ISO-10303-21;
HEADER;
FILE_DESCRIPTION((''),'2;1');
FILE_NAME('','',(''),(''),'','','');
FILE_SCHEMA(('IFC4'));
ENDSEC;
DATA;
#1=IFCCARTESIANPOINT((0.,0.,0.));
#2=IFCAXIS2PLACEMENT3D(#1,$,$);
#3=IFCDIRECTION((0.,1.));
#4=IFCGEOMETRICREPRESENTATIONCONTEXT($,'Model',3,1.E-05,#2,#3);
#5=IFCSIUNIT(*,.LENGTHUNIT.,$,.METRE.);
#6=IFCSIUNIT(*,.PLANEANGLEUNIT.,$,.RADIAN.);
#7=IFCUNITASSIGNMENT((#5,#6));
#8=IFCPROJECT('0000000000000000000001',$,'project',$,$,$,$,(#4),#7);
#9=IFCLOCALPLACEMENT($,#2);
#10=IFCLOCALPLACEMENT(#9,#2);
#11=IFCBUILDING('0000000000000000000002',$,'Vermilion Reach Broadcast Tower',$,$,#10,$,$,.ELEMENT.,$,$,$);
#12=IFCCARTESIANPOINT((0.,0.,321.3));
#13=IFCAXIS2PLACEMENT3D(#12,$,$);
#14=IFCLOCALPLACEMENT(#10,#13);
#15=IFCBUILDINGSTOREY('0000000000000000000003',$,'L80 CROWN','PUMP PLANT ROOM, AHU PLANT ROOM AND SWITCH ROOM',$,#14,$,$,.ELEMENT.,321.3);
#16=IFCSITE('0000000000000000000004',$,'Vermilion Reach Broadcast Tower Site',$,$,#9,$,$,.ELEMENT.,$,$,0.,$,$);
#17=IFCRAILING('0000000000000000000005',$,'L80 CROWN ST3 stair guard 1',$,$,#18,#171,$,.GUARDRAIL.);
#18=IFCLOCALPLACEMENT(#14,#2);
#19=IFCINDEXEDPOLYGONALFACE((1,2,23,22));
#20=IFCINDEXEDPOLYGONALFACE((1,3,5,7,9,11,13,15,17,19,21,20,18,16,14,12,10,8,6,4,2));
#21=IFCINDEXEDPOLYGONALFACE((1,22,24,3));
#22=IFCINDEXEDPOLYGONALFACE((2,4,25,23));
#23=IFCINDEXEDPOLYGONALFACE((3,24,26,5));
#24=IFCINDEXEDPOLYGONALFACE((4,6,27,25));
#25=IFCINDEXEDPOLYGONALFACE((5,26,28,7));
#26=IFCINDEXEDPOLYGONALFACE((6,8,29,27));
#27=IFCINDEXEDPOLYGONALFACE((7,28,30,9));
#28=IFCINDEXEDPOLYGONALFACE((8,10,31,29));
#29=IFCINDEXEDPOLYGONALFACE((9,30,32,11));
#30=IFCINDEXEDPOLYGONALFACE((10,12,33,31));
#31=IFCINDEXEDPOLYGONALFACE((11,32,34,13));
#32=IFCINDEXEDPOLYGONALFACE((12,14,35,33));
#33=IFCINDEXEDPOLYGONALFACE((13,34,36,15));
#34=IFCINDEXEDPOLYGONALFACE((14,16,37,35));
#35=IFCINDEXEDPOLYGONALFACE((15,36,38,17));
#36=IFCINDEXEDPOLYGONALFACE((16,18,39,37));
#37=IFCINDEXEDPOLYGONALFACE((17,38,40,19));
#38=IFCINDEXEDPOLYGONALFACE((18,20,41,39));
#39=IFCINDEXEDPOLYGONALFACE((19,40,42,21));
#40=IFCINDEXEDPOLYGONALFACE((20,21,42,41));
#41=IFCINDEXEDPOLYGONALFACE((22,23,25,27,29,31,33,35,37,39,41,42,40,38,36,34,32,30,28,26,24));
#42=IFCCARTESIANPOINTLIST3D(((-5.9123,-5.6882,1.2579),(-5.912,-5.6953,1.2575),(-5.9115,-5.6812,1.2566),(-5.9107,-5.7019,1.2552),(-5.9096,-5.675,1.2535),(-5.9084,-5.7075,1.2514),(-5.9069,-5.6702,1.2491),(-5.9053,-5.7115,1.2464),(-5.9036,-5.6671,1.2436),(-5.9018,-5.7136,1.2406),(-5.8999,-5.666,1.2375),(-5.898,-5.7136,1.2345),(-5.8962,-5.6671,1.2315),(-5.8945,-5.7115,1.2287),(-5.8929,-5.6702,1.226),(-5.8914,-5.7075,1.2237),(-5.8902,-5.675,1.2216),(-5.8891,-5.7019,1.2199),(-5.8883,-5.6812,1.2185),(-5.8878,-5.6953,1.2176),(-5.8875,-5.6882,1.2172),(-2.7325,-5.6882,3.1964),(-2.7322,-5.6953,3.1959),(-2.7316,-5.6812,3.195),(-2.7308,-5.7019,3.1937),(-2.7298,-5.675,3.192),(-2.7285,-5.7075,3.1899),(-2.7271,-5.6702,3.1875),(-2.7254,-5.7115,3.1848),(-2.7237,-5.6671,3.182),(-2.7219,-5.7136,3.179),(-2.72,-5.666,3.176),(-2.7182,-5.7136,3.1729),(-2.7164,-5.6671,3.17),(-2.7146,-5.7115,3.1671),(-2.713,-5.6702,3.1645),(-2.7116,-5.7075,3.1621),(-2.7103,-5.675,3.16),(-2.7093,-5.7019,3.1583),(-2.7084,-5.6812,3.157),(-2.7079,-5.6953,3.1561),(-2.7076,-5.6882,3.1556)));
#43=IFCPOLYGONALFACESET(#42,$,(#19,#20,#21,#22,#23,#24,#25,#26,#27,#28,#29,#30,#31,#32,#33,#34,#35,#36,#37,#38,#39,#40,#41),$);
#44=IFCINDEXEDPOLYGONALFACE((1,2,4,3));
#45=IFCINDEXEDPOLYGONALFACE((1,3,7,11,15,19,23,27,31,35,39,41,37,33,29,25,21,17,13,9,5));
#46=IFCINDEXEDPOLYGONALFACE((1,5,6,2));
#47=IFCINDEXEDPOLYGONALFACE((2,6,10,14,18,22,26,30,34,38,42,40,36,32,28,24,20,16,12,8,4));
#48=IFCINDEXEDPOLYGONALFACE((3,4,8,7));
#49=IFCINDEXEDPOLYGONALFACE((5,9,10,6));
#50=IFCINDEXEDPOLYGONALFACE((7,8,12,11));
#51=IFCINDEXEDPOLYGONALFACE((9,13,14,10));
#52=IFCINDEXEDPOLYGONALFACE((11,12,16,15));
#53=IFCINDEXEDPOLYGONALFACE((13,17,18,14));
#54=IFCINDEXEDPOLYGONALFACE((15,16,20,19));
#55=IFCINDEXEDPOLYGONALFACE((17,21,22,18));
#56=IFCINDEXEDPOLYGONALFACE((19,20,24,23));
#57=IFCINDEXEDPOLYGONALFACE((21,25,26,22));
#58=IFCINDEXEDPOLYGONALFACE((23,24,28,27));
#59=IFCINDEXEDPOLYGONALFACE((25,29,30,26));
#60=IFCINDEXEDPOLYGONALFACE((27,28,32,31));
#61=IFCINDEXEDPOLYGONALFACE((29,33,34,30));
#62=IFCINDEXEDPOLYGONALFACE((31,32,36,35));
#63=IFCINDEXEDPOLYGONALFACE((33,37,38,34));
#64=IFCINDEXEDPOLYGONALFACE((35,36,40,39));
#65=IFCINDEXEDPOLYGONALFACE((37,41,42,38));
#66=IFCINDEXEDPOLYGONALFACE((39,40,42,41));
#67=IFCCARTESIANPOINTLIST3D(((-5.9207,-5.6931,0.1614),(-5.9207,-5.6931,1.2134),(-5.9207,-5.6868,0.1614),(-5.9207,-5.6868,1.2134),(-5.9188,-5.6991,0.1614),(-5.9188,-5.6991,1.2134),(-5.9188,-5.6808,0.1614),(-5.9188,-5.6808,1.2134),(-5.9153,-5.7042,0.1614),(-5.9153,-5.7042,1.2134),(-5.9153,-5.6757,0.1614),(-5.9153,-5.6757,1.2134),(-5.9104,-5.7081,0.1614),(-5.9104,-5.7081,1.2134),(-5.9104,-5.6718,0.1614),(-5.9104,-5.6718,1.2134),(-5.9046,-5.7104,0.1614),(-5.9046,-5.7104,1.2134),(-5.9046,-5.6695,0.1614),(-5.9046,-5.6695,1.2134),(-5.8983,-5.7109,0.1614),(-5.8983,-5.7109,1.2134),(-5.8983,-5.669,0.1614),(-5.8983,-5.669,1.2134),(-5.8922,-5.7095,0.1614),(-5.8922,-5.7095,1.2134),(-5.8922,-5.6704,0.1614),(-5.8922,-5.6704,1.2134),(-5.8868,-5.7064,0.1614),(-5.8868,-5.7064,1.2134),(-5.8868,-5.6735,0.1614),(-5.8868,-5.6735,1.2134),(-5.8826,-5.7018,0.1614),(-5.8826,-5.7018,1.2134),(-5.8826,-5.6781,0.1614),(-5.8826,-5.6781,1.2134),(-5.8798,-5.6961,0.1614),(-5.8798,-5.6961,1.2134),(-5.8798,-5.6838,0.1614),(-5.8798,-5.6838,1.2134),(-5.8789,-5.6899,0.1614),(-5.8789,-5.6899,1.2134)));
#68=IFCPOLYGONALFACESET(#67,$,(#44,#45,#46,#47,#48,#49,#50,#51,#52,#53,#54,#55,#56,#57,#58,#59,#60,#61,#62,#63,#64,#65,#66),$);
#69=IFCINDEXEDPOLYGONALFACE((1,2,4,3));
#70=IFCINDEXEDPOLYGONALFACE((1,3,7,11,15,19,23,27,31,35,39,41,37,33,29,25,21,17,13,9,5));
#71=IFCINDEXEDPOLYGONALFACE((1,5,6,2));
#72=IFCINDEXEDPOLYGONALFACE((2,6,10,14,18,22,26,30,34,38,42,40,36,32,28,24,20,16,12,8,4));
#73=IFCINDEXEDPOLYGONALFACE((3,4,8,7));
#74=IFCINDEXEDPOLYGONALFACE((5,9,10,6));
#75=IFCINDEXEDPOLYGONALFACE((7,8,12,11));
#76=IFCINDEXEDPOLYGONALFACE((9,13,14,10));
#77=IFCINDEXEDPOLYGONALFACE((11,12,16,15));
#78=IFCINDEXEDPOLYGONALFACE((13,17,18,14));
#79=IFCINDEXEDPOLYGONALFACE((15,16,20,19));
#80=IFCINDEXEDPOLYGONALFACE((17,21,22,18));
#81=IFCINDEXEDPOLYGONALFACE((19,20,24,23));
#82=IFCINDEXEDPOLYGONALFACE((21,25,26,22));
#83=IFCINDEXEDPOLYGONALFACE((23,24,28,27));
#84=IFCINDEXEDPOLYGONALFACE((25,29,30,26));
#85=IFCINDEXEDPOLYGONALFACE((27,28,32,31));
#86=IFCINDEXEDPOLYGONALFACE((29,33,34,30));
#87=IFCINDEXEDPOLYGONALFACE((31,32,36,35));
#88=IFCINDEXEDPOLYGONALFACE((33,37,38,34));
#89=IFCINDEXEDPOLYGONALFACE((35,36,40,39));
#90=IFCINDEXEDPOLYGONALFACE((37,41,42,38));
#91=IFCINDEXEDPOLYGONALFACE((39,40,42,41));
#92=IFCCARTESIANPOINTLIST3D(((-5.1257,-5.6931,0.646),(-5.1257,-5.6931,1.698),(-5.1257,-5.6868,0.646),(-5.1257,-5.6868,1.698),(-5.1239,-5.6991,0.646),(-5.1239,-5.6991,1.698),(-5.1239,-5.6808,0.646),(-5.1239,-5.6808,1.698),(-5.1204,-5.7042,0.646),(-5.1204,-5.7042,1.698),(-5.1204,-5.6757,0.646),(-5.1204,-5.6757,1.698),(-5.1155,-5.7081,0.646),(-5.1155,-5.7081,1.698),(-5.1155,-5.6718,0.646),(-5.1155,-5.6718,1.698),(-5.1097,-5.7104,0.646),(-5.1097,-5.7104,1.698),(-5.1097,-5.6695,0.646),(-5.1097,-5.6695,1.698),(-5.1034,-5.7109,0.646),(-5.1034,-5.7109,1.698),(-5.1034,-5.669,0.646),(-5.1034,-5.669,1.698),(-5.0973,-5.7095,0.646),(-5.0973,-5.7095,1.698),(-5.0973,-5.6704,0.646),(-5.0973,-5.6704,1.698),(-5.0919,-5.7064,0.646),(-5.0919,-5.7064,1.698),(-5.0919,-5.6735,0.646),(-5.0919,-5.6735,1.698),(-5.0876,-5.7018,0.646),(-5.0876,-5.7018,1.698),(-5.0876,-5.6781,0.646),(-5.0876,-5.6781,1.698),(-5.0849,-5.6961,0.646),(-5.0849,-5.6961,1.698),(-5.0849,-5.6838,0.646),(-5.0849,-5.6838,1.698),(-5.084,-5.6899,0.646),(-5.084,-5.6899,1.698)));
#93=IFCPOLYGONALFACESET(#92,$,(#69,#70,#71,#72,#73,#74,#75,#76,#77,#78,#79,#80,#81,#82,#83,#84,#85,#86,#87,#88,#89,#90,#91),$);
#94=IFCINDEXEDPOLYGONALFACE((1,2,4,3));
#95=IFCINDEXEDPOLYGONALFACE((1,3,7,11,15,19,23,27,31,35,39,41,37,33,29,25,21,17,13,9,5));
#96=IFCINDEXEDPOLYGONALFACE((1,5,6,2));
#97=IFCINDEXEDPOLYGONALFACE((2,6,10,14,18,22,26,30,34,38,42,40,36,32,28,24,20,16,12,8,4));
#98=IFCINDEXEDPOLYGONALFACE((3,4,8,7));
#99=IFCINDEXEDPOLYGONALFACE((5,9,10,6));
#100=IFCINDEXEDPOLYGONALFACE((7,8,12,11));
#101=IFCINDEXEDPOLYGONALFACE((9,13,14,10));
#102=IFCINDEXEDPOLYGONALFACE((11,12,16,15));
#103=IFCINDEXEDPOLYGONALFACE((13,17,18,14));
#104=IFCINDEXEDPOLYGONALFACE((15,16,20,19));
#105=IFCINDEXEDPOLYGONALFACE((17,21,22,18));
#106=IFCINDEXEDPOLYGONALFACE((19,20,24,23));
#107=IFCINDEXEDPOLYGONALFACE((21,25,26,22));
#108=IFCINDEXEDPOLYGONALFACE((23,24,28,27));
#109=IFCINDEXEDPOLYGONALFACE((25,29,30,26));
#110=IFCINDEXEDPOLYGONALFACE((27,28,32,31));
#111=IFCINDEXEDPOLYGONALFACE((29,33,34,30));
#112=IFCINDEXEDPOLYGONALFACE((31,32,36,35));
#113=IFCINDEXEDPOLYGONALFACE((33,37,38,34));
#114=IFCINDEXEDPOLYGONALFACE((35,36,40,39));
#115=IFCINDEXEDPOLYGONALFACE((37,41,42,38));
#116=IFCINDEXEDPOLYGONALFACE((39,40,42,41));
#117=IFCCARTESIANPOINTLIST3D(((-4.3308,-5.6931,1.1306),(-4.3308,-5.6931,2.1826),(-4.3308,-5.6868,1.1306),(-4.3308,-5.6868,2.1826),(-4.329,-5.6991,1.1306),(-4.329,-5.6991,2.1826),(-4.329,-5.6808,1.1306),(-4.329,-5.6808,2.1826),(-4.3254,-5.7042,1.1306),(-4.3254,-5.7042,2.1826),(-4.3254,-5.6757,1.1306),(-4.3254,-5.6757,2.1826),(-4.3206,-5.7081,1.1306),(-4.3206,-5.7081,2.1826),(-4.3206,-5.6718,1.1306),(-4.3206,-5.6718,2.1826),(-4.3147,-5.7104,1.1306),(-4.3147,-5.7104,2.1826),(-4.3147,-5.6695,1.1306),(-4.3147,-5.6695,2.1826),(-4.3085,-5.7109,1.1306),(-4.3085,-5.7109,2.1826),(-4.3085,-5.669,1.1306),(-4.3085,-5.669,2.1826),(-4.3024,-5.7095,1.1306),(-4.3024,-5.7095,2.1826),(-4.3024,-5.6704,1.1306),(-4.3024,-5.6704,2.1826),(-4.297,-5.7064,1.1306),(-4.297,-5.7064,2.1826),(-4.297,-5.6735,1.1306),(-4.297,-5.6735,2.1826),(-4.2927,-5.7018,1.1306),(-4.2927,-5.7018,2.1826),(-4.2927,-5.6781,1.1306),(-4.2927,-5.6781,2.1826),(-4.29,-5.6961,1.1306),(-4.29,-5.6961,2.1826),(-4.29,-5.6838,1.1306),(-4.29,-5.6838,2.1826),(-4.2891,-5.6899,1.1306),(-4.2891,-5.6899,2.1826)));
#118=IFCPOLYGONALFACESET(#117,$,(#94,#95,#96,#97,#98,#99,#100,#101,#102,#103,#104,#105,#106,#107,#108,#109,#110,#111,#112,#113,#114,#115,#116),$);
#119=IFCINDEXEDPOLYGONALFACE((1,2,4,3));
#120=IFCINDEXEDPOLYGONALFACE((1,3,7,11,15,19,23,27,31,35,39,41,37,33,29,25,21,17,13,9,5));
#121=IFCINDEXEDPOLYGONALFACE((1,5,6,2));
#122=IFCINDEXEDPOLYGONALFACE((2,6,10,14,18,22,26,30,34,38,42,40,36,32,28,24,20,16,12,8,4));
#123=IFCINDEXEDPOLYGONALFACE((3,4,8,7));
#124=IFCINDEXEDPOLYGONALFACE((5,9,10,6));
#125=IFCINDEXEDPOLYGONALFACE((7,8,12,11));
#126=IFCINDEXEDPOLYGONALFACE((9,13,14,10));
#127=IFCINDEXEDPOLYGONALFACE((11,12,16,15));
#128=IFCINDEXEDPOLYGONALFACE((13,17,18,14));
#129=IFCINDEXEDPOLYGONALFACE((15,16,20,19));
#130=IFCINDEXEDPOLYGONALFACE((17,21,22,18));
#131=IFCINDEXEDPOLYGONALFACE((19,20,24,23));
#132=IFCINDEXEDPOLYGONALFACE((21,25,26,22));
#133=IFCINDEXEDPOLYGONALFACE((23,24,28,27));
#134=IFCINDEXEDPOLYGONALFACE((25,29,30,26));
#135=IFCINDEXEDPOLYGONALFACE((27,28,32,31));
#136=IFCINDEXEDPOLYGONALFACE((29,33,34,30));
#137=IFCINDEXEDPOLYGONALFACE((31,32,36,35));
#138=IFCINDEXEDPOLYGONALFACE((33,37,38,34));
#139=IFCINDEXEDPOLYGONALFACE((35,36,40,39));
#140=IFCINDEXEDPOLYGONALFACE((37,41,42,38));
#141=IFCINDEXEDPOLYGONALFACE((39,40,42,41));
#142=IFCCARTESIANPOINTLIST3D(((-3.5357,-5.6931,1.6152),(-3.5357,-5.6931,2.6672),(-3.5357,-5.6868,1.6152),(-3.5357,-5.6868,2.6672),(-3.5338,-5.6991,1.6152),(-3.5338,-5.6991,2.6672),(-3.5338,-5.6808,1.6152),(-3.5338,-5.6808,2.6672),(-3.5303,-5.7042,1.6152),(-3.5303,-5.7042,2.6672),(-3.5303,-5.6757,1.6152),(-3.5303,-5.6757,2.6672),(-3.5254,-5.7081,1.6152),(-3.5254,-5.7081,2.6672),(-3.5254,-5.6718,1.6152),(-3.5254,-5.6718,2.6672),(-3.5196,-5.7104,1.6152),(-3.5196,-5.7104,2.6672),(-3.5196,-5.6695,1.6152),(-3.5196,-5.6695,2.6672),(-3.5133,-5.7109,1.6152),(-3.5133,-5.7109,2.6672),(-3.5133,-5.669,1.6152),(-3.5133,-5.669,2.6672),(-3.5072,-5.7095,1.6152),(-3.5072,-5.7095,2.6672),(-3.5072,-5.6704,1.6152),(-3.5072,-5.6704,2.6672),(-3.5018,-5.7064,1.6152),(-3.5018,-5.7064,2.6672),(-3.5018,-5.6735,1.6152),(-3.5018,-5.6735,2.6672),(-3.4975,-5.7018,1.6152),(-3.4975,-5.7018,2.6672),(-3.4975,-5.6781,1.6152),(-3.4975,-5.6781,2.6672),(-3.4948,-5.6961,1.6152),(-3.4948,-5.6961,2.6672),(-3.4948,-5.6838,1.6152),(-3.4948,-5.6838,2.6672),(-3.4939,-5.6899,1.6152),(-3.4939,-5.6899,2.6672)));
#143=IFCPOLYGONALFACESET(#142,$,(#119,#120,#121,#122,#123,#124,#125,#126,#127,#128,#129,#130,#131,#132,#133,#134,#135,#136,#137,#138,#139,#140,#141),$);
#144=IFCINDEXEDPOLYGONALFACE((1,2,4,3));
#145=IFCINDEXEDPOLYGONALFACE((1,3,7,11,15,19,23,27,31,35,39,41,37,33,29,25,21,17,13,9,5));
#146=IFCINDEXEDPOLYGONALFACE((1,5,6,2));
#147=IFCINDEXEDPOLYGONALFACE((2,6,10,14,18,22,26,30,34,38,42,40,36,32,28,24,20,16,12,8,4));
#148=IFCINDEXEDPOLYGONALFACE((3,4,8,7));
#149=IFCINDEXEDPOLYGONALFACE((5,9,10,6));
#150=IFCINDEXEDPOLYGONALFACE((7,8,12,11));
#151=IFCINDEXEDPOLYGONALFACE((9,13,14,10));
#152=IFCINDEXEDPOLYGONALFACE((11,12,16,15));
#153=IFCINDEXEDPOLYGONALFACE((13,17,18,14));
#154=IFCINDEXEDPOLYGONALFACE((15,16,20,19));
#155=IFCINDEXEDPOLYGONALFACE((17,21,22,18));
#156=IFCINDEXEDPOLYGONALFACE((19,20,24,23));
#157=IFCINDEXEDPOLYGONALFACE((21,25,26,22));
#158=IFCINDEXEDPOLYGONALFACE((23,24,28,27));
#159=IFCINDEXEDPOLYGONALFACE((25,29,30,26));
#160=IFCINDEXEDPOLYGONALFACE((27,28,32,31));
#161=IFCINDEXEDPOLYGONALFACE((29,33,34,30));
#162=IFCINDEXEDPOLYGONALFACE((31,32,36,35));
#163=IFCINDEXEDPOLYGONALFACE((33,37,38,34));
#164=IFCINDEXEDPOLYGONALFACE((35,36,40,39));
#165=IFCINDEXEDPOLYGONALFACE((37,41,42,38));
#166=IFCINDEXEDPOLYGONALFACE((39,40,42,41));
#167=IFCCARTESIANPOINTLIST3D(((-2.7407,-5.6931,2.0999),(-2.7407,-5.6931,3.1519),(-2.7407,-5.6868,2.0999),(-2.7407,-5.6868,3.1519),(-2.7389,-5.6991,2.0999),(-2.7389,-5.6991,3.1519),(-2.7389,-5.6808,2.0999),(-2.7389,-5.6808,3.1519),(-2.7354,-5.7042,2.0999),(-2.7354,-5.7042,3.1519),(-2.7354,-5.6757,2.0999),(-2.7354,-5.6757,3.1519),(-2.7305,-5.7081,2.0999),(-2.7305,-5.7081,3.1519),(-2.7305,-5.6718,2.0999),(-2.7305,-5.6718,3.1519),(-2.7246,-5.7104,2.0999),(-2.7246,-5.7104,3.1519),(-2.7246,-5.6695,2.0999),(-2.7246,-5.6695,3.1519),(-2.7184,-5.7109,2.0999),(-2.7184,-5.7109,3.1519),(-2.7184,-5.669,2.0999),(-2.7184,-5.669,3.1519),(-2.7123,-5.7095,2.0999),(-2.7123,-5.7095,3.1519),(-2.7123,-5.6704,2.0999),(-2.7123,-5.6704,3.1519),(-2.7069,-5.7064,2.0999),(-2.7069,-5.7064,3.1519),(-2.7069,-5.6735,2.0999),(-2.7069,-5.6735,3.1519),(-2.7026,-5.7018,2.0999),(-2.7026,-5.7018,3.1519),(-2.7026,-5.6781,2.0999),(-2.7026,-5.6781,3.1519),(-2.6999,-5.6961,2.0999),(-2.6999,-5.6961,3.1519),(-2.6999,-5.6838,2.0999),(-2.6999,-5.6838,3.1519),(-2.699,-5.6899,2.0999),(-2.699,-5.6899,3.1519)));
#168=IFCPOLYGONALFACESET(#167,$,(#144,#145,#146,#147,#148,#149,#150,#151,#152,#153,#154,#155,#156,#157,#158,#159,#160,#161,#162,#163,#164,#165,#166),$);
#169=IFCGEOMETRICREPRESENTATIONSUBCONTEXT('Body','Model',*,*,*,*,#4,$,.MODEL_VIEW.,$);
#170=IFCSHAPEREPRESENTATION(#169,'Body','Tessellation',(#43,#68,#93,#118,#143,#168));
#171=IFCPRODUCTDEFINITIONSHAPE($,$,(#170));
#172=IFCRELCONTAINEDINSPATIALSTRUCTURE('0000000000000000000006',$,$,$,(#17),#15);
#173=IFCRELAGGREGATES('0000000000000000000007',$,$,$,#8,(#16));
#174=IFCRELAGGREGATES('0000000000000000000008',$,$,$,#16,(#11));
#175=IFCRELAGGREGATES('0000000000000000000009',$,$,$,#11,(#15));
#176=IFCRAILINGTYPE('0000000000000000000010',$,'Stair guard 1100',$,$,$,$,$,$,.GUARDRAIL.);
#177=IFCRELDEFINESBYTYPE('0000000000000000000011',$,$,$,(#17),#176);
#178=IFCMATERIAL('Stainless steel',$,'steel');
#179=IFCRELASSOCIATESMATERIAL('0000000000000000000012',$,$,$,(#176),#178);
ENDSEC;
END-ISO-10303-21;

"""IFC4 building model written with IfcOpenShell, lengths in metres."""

from ifc_helpers import new_model, si_unit, direction, frame, origin, origin_2d, place, context, subcontext, project, spatial, circle, extrude, material, type_object, element, save


model = new_model("IFC4")

# Units and contexts
model_context = context("Model", 3, precision=1e-05, world=origin(), true_north=direction((0.0, 1.0)))
body_context = subcontext(model_context, "Body", "Model", "MODEL_VIEW")
ifc_project = project(units=[si_unit("LENGTHUNIT", "METRE"), si_unit("PLANEANGLEUNIT", "RADIAN")], contexts=[model_context])

# Site, building, storey
site_placement = place(None, origin())
site = spatial("IfcSite", under=ifc_project, at=site_placement, Name="Vermilion Reach Broadcast Tower Site", CompositionType="ELEMENT", RefElevation=0.0)
building_placement = place(site_placement, origin())
building = spatial("IfcBuilding", under=site, at=building_placement, Name="Vermilion Reach Broadcast Tower", CompositionType="ELEMENT")
storey_placement = place(building_placement, frame((0.0, 0.0, 321.3)))
storey = spatial("IfcBuildingStorey", under=building, at=storey_placement, Name="L80 CROWN", Description="PUMP PLANT ROOM, AHU PLANT ROOM AND SWITCH ROOM", CompositionType="ELEMENT", Elevation=321.3)

# Railing
ifc_material_1 = material(Name="Stainless steel", Category="steel")
railing_type_1 = type_object("IfcRailingType", Name="Stair guard 1100", PredefinedType="GUARDRAIL", material=ifc_material_1)
railing_1_placement = place(storey_placement, frame((-5.8999, -5.6899, 0.1614)))
element("IfcRailing", 1, at=railing_1_placement, inside=storey, type_object=railing_type_1, Name="L80 CROWN ST3 stair guard 1", PredefinedType="GUARDRAIL", context=body_context, shape_type="SweptSolid", body=[
    extrude(circle(Radius=0.0239, at=origin_2d()), frame((0.0, 0.0, 1.0762), z_axis=(0.853857, 0.0, 0.520508), x_axis=(0.0, 1.0, 0.0)), (0.0, 0.0, 1.0), 3.7241),
    extrude(circle(Radius=0.021, at=origin_2d()), origin(), (0.0, 0.0, 1.0), 1.052),
    extrude(circle(Radius=0.021, at=origin_2d()), frame((0.7949, 0.0, 0.4846)), (0.0, 0.0, 1.0), 1.052),
    extrude(circle(Radius=0.021, at=origin_2d()), frame((1.5898, 0.0, 0.9692)), (0.0, 0.0, 1.0), 1.052),
    extrude(circle(Radius=0.021, at=origin_2d()), frame((2.385, 0.0, 1.4539)), (0.0, 0.0, 1.0), 1.052),
    extrude(circle(Radius=0.021, at=origin_2d()), frame((3.1799, 0.0, 1.9385)), (0.0, 0.0, 1.0), 1.052),
])

save(model, "model.ifc")
